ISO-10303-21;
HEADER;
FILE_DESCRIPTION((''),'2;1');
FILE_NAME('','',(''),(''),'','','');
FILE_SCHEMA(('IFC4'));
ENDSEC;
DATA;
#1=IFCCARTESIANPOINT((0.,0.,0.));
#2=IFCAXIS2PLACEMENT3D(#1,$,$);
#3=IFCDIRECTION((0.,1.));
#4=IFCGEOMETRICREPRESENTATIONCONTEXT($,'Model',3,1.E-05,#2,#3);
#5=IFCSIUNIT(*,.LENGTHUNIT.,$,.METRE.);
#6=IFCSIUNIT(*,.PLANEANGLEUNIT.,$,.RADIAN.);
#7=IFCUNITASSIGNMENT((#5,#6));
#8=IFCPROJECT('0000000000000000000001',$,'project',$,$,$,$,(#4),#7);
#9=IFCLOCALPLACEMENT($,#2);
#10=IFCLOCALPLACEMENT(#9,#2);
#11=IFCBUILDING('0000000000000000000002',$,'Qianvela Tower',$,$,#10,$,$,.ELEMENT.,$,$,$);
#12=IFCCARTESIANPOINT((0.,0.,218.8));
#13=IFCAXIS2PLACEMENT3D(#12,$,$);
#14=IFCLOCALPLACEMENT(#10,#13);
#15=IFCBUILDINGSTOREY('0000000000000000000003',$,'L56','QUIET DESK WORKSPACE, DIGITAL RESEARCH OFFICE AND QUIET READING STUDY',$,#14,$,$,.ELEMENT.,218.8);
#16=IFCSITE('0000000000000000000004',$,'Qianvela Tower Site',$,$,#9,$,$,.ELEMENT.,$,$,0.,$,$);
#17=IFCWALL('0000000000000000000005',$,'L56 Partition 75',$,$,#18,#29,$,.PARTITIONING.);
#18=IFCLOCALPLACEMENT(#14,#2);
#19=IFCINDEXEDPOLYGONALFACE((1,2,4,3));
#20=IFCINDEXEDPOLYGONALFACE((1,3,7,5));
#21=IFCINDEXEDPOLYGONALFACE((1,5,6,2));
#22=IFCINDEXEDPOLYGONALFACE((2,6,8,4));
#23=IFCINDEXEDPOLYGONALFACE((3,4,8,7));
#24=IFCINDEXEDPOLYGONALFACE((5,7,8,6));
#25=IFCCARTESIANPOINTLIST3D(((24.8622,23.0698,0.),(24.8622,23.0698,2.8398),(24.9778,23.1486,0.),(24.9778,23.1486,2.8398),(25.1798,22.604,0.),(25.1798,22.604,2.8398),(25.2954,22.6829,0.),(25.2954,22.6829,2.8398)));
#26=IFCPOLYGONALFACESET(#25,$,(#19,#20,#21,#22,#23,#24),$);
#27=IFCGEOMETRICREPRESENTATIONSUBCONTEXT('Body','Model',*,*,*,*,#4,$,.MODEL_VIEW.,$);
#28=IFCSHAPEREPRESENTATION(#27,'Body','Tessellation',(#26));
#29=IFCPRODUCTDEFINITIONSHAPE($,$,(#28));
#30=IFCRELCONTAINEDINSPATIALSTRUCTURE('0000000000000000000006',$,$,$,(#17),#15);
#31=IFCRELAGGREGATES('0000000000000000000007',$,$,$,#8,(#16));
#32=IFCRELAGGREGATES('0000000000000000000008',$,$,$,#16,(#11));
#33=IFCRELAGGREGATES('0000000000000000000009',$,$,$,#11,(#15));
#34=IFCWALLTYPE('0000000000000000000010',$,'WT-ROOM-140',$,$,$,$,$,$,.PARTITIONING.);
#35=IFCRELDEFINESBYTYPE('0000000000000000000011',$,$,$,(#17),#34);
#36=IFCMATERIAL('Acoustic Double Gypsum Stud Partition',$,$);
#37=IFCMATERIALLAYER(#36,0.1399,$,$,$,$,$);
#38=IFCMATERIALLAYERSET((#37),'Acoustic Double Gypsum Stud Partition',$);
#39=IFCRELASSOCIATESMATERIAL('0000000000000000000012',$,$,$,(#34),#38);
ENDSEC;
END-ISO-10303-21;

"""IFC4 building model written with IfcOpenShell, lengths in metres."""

from ifc_helpers import new_model, si_unit, direction, frame, frame_2d, origin, place, context, subcontext, project, spatial, rectangle, extrude, material, layer, layer_set, type_object, element, save


model = new_model("IFC4")

# Units and contexts
model_context = context("Model", 3, precision=1e-05, world=origin(), true_north=direction((0.0, 1.0)))
body_context = subcontext(model_context, "Body", "Model", "MODEL_VIEW")
ifc_project = project(units=[si_unit("LENGTHUNIT", "METRE"), si_unit("PLANEANGLEUNIT", "RADIAN")], contexts=[model_context])

# Site, building, storey
site_placement = place(None, origin())
site = spatial("IfcSite", under=ifc_project, at=site_placement, Name="Qianvela Tower Site", CompositionType="ELEMENT", RefElevation=0.0)
building_placement = place(site_placement, origin())
building = spatial("IfcBuilding", under=site, at=building_placement, Name="Qianvela Tower", CompositionType="ELEMENT")
storey_placement = place(building_placement, frame((0.0, 0.0, 218.8)))
storey = spatial("IfcBuildingStorey", under=building, at=storey_placement, Name="L56", Description="QUIET DESK WORKSPACE, DIGITAL RESEARCH OFFICE AND QUIET READING STUDY", CompositionType="ELEMENT", Elevation=218.8)

# Wall
ifc_material_1 = material(Name="Acoustic Double Gypsum Stud Partition")
ifc_layer_1 = layer(ifc_material_1, 0.1399)
ifc_layer_set_1 = layer_set([ifc_layer_1], Name="Acoustic Double Gypsum Stud Partition")
wall_type_1 = type_object("IfcWallType", Name="WT-ROOM-140", PredefinedType="PARTITIONING", material=ifc_layer_set_1)
wall_1_placement = place(storey_placement, frame((25.2375, 22.6436, 0.0), z_axis=(0.0, 0.0, 1.0), x_axis=(-0.563364, 0.826209, 0.0)))
element("IfcWall", 1, at=wall_1_placement, inside=storey, type_object=wall_type_1, Name="L56 Partition 75", PredefinedType="PARTITIONING", context=body_context, shape_type="SweptSolid", body=[
    extrude(rectangle(XDim=0.5637, YDim=0.1399, at=frame_2d((0.2817, 0.0))), origin(), (0.0, 0.0, 1.0), 2.8398),
])

save(model, "model.ifc")
